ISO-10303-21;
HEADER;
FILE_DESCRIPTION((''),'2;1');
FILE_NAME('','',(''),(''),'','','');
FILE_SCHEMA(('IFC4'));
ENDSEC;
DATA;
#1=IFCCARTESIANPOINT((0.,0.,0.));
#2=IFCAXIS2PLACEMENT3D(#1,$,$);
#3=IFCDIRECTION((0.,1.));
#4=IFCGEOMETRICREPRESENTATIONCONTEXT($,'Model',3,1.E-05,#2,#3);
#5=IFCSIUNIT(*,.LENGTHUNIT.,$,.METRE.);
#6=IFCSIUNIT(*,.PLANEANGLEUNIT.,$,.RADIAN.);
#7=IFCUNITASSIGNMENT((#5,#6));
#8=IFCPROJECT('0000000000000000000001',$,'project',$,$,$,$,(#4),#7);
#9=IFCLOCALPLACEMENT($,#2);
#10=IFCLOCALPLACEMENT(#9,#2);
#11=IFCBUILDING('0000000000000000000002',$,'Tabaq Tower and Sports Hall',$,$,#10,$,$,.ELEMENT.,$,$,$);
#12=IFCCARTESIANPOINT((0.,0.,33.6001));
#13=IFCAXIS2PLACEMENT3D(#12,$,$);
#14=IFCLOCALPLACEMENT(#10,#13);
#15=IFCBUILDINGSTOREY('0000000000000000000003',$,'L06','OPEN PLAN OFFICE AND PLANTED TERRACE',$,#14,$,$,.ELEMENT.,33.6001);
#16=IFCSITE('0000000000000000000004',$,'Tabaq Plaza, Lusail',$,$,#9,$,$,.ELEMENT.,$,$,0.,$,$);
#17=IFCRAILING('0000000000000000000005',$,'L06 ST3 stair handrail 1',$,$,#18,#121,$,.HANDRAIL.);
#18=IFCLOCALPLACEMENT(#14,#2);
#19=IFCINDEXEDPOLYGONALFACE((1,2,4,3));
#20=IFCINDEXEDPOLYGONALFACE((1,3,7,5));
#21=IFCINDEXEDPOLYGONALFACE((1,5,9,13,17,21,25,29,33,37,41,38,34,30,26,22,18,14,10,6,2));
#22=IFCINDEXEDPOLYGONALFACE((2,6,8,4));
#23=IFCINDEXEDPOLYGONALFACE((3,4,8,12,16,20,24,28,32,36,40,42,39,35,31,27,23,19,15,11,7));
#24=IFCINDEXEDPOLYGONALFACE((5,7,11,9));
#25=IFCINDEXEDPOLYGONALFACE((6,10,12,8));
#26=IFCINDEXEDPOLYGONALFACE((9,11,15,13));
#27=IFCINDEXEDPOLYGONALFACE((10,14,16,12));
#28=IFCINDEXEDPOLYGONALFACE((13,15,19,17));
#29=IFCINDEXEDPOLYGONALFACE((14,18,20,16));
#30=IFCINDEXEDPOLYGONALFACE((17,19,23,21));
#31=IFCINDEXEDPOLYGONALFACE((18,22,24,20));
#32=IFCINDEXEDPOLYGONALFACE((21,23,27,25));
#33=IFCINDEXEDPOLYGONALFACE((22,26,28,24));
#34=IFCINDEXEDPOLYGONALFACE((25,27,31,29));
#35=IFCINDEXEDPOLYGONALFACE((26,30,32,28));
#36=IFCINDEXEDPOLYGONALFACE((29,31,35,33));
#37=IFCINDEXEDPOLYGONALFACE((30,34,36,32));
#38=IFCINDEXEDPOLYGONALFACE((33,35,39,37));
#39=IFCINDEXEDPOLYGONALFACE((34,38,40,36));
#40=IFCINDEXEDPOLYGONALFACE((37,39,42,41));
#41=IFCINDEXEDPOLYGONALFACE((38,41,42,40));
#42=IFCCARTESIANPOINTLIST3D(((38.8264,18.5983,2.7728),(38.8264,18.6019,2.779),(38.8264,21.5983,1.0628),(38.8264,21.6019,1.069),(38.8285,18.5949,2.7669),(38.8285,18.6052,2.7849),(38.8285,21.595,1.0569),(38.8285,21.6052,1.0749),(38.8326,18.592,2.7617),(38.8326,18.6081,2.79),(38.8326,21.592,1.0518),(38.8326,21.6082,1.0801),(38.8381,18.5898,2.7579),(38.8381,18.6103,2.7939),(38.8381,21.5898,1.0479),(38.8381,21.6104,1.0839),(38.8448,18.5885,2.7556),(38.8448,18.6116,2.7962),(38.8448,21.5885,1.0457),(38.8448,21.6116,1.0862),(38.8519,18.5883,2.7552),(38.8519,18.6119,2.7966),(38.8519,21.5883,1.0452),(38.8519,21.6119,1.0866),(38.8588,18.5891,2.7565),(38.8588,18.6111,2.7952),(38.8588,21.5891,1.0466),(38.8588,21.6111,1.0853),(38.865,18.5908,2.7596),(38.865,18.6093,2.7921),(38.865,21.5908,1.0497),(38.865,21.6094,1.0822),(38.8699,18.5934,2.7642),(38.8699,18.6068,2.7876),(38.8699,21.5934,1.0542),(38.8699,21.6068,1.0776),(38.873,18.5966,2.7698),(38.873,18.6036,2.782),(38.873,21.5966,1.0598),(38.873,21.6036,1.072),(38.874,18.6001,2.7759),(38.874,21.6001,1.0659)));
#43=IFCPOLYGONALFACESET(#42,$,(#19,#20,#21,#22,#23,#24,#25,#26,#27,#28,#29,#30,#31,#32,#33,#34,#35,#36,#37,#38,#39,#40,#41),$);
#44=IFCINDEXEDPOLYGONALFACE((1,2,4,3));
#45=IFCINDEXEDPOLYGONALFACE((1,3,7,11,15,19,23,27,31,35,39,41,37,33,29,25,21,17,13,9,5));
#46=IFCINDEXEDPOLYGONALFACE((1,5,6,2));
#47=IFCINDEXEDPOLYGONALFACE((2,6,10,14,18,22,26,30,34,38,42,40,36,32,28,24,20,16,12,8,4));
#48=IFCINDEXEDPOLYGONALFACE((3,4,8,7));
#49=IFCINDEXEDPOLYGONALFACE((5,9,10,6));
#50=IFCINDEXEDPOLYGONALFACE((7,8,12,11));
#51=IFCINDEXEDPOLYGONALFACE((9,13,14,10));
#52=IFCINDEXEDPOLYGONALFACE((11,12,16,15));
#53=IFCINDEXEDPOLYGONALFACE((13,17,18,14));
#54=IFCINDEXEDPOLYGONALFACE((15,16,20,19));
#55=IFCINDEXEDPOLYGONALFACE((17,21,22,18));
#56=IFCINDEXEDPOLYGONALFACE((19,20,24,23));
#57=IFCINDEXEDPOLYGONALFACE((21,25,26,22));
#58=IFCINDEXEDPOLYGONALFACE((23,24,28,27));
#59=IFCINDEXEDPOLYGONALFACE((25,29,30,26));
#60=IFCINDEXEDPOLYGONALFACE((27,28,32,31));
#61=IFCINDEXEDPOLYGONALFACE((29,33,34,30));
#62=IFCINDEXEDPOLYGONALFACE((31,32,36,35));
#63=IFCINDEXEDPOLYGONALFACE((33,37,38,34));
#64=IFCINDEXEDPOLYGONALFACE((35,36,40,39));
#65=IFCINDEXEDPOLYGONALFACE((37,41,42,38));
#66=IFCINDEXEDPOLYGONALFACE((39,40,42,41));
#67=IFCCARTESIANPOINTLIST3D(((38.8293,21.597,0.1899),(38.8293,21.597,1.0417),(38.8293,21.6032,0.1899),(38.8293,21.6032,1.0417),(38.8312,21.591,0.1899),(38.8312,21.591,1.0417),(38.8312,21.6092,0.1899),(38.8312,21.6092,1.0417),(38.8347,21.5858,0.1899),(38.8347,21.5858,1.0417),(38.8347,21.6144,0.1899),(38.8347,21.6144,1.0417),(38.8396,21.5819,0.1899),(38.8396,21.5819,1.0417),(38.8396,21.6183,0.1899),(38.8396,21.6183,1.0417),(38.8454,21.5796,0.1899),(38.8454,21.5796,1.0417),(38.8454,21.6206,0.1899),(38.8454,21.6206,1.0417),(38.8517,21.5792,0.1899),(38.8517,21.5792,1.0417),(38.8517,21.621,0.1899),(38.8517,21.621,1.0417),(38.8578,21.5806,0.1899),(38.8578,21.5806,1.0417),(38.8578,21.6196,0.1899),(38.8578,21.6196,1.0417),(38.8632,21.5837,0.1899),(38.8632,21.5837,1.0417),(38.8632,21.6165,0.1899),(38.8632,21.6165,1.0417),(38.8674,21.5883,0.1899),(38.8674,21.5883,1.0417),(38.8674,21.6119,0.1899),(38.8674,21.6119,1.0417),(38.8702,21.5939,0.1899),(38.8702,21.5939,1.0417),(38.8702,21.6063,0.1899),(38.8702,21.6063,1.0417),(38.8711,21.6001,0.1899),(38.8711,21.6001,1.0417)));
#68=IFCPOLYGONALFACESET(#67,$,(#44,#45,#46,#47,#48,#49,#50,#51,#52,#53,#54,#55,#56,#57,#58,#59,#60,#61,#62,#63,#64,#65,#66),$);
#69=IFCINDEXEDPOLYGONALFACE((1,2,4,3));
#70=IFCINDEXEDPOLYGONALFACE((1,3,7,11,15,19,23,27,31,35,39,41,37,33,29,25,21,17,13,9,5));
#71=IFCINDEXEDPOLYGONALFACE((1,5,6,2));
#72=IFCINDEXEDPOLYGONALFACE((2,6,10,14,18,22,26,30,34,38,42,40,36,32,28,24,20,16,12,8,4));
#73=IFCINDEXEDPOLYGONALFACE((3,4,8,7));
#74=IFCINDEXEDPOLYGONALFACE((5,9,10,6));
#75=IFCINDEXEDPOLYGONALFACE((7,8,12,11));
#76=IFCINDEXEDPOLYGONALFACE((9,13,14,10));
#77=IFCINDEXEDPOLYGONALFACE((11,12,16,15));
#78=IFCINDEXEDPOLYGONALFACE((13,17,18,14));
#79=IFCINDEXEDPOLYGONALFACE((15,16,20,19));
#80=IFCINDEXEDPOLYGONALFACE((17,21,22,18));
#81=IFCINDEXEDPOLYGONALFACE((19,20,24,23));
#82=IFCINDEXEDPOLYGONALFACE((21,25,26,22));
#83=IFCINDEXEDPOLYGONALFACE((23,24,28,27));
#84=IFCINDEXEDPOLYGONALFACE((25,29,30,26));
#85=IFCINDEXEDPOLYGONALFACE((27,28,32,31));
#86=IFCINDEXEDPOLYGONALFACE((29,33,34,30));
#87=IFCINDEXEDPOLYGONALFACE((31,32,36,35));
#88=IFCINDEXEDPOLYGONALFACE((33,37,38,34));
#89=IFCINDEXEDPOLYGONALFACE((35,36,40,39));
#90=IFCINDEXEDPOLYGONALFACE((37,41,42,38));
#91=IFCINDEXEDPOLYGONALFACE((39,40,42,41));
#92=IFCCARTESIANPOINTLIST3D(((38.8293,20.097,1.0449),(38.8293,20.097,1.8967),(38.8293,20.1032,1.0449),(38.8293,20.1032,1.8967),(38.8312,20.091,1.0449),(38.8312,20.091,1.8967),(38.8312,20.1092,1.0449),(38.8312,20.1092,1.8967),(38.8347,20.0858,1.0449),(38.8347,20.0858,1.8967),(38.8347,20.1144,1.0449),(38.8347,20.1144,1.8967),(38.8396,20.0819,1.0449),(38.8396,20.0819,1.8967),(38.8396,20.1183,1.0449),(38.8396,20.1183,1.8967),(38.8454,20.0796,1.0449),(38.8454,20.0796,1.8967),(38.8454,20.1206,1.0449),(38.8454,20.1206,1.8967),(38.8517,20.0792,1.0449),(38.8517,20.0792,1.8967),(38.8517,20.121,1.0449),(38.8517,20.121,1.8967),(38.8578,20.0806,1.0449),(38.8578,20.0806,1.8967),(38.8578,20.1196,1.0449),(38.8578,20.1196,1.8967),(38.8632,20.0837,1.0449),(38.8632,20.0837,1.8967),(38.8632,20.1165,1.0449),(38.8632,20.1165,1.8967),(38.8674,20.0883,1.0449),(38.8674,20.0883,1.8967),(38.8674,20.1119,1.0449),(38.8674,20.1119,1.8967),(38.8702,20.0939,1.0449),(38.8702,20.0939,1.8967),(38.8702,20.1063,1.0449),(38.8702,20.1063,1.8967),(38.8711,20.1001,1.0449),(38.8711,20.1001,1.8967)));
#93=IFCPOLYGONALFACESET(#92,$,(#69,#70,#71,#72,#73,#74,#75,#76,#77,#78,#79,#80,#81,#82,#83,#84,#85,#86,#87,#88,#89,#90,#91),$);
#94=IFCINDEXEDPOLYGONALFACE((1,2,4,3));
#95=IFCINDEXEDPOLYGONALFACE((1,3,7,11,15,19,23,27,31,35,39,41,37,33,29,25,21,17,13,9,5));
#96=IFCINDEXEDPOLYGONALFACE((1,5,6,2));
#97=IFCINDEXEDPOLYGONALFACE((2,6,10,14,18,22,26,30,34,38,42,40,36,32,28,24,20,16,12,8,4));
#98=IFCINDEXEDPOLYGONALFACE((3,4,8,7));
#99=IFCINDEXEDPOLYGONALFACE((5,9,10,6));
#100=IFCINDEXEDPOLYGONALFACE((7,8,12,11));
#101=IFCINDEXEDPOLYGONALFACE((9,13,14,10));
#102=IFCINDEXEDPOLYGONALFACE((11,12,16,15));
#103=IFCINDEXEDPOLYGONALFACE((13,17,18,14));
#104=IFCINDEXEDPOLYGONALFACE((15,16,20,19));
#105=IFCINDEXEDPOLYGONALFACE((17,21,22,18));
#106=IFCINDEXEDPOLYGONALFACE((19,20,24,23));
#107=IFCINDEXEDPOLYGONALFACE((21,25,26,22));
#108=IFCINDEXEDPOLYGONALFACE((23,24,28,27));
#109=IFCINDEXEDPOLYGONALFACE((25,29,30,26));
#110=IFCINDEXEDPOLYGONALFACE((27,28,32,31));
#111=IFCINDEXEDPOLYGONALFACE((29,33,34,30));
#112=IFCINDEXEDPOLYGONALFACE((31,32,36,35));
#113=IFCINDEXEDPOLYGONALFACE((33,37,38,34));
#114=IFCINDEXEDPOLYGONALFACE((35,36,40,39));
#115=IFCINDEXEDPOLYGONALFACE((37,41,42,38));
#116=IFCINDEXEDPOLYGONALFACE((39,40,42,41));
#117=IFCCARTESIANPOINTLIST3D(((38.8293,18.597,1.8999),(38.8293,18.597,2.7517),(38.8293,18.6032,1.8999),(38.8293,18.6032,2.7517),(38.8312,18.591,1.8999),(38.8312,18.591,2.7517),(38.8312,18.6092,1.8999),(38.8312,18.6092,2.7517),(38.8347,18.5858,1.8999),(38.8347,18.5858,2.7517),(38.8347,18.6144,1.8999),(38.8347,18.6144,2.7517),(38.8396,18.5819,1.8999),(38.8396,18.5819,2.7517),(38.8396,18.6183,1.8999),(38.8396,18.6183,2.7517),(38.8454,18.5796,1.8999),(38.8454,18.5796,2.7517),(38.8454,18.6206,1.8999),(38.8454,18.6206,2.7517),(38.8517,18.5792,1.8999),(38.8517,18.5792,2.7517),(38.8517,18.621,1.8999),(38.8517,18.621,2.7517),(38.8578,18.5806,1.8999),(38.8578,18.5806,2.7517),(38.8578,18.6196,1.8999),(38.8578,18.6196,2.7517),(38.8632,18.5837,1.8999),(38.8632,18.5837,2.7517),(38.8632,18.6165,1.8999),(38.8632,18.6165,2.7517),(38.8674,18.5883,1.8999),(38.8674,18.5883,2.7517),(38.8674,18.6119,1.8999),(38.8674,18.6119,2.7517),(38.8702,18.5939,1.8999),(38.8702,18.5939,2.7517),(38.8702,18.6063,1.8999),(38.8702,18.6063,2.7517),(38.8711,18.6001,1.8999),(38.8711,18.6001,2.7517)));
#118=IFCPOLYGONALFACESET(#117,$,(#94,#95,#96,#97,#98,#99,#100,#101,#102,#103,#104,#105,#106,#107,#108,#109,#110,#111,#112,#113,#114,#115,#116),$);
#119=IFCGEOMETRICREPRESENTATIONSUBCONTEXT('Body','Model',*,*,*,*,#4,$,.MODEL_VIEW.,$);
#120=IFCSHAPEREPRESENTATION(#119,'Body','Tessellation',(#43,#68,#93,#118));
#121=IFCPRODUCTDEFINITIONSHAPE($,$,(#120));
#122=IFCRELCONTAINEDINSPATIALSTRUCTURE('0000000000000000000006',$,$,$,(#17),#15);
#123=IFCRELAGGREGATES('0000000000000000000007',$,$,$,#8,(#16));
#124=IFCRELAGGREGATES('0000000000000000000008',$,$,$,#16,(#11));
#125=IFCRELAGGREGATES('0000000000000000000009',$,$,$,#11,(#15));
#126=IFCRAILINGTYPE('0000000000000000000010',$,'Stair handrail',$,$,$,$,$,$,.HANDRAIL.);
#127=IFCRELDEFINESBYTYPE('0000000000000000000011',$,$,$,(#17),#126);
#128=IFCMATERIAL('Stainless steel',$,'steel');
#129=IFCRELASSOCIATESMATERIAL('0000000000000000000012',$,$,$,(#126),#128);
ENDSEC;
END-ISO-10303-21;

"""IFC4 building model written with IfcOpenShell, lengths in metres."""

from ifc_helpers import new_model, si_unit, direction, frame, origin, origin_2d, place, context, subcontext, project, spatial, circle, extrude, material, type_object, element, save


model = new_model("IFC4")

# Units and contexts
model_context = context("Model", 3, precision=1e-05, world=origin(), true_north=direction((0.0, 1.0)))
body_context = subcontext(model_context, "Body", "Model", "MODEL_VIEW")
ifc_project = project(units=[si_unit("LENGTHUNIT", "METRE"), si_unit("PLANEANGLEUNIT", "RADIAN")], contexts=[model_context])

# Site, building, storey
site_placement = place(None, origin())
site = spatial("IfcSite", under=ifc_project, at=site_placement, Name="Tabaq Plaza, Lusail", CompositionType="ELEMENT", RefElevation=0.0)
building_placement = place(site_placement, origin())
building = spatial("IfcBuilding", under=site, at=building_placement, Name="Tabaq Tower and Sports Hall", CompositionType="ELEMENT")
storey_placement = place(building_placement, frame((0.0, 0.0, 33.6001)))
storey = spatial("IfcBuildingStorey", under=building, at=storey_placement, Name="L06", Description="OPEN PLAN OFFICE AND PLANTED TERRACE", CompositionType="ELEMENT", Elevation=33.6001)

# Railing
ifc_material_1 = material(Name="Stainless steel", Category="steel")
railing_type_1 = type_object("IfcRailingType", Name="Stair handrail", PredefinedType="HANDRAIL", material=ifc_material_1)
railing_1_placement = place(storey_placement, frame((38.8501, 21.6001, 0.1899)))
element("IfcRailing", 1, at=railing_1_placement, inside=storey, type_object=railing_type_1, Name="L06 ST3 stair handrail 1", PredefinedType="HANDRAIL", context=body_context, shape_type="SweptSolid", body=[
    extrude(circle(Radius=0.0239, at=origin_2d()), frame((0.0, 0.0, 0.876), z_axis=(0.0, -0.868782, 0.495195), x_axis=(1.0, 0.0, 0.0)), (0.0, 0.0, 1.0), 3.4531),
    extrude(circle(Radius=0.021, at=origin_2d()), origin(), (0.0, 0.0, 1.0), 0.8518),
    extrude(circle(Radius=0.021, at=origin_2d()), frame((0.0, -1.5, 0.855)), (0.0, 0.0, 1.0), 0.8518),
    extrude(circle(Radius=0.021, at=origin_2d()), frame((0.0, -3.0, 1.71)), (0.0, 0.0, 1.0), 0.8518),
])

save(model, "model.ifc")
